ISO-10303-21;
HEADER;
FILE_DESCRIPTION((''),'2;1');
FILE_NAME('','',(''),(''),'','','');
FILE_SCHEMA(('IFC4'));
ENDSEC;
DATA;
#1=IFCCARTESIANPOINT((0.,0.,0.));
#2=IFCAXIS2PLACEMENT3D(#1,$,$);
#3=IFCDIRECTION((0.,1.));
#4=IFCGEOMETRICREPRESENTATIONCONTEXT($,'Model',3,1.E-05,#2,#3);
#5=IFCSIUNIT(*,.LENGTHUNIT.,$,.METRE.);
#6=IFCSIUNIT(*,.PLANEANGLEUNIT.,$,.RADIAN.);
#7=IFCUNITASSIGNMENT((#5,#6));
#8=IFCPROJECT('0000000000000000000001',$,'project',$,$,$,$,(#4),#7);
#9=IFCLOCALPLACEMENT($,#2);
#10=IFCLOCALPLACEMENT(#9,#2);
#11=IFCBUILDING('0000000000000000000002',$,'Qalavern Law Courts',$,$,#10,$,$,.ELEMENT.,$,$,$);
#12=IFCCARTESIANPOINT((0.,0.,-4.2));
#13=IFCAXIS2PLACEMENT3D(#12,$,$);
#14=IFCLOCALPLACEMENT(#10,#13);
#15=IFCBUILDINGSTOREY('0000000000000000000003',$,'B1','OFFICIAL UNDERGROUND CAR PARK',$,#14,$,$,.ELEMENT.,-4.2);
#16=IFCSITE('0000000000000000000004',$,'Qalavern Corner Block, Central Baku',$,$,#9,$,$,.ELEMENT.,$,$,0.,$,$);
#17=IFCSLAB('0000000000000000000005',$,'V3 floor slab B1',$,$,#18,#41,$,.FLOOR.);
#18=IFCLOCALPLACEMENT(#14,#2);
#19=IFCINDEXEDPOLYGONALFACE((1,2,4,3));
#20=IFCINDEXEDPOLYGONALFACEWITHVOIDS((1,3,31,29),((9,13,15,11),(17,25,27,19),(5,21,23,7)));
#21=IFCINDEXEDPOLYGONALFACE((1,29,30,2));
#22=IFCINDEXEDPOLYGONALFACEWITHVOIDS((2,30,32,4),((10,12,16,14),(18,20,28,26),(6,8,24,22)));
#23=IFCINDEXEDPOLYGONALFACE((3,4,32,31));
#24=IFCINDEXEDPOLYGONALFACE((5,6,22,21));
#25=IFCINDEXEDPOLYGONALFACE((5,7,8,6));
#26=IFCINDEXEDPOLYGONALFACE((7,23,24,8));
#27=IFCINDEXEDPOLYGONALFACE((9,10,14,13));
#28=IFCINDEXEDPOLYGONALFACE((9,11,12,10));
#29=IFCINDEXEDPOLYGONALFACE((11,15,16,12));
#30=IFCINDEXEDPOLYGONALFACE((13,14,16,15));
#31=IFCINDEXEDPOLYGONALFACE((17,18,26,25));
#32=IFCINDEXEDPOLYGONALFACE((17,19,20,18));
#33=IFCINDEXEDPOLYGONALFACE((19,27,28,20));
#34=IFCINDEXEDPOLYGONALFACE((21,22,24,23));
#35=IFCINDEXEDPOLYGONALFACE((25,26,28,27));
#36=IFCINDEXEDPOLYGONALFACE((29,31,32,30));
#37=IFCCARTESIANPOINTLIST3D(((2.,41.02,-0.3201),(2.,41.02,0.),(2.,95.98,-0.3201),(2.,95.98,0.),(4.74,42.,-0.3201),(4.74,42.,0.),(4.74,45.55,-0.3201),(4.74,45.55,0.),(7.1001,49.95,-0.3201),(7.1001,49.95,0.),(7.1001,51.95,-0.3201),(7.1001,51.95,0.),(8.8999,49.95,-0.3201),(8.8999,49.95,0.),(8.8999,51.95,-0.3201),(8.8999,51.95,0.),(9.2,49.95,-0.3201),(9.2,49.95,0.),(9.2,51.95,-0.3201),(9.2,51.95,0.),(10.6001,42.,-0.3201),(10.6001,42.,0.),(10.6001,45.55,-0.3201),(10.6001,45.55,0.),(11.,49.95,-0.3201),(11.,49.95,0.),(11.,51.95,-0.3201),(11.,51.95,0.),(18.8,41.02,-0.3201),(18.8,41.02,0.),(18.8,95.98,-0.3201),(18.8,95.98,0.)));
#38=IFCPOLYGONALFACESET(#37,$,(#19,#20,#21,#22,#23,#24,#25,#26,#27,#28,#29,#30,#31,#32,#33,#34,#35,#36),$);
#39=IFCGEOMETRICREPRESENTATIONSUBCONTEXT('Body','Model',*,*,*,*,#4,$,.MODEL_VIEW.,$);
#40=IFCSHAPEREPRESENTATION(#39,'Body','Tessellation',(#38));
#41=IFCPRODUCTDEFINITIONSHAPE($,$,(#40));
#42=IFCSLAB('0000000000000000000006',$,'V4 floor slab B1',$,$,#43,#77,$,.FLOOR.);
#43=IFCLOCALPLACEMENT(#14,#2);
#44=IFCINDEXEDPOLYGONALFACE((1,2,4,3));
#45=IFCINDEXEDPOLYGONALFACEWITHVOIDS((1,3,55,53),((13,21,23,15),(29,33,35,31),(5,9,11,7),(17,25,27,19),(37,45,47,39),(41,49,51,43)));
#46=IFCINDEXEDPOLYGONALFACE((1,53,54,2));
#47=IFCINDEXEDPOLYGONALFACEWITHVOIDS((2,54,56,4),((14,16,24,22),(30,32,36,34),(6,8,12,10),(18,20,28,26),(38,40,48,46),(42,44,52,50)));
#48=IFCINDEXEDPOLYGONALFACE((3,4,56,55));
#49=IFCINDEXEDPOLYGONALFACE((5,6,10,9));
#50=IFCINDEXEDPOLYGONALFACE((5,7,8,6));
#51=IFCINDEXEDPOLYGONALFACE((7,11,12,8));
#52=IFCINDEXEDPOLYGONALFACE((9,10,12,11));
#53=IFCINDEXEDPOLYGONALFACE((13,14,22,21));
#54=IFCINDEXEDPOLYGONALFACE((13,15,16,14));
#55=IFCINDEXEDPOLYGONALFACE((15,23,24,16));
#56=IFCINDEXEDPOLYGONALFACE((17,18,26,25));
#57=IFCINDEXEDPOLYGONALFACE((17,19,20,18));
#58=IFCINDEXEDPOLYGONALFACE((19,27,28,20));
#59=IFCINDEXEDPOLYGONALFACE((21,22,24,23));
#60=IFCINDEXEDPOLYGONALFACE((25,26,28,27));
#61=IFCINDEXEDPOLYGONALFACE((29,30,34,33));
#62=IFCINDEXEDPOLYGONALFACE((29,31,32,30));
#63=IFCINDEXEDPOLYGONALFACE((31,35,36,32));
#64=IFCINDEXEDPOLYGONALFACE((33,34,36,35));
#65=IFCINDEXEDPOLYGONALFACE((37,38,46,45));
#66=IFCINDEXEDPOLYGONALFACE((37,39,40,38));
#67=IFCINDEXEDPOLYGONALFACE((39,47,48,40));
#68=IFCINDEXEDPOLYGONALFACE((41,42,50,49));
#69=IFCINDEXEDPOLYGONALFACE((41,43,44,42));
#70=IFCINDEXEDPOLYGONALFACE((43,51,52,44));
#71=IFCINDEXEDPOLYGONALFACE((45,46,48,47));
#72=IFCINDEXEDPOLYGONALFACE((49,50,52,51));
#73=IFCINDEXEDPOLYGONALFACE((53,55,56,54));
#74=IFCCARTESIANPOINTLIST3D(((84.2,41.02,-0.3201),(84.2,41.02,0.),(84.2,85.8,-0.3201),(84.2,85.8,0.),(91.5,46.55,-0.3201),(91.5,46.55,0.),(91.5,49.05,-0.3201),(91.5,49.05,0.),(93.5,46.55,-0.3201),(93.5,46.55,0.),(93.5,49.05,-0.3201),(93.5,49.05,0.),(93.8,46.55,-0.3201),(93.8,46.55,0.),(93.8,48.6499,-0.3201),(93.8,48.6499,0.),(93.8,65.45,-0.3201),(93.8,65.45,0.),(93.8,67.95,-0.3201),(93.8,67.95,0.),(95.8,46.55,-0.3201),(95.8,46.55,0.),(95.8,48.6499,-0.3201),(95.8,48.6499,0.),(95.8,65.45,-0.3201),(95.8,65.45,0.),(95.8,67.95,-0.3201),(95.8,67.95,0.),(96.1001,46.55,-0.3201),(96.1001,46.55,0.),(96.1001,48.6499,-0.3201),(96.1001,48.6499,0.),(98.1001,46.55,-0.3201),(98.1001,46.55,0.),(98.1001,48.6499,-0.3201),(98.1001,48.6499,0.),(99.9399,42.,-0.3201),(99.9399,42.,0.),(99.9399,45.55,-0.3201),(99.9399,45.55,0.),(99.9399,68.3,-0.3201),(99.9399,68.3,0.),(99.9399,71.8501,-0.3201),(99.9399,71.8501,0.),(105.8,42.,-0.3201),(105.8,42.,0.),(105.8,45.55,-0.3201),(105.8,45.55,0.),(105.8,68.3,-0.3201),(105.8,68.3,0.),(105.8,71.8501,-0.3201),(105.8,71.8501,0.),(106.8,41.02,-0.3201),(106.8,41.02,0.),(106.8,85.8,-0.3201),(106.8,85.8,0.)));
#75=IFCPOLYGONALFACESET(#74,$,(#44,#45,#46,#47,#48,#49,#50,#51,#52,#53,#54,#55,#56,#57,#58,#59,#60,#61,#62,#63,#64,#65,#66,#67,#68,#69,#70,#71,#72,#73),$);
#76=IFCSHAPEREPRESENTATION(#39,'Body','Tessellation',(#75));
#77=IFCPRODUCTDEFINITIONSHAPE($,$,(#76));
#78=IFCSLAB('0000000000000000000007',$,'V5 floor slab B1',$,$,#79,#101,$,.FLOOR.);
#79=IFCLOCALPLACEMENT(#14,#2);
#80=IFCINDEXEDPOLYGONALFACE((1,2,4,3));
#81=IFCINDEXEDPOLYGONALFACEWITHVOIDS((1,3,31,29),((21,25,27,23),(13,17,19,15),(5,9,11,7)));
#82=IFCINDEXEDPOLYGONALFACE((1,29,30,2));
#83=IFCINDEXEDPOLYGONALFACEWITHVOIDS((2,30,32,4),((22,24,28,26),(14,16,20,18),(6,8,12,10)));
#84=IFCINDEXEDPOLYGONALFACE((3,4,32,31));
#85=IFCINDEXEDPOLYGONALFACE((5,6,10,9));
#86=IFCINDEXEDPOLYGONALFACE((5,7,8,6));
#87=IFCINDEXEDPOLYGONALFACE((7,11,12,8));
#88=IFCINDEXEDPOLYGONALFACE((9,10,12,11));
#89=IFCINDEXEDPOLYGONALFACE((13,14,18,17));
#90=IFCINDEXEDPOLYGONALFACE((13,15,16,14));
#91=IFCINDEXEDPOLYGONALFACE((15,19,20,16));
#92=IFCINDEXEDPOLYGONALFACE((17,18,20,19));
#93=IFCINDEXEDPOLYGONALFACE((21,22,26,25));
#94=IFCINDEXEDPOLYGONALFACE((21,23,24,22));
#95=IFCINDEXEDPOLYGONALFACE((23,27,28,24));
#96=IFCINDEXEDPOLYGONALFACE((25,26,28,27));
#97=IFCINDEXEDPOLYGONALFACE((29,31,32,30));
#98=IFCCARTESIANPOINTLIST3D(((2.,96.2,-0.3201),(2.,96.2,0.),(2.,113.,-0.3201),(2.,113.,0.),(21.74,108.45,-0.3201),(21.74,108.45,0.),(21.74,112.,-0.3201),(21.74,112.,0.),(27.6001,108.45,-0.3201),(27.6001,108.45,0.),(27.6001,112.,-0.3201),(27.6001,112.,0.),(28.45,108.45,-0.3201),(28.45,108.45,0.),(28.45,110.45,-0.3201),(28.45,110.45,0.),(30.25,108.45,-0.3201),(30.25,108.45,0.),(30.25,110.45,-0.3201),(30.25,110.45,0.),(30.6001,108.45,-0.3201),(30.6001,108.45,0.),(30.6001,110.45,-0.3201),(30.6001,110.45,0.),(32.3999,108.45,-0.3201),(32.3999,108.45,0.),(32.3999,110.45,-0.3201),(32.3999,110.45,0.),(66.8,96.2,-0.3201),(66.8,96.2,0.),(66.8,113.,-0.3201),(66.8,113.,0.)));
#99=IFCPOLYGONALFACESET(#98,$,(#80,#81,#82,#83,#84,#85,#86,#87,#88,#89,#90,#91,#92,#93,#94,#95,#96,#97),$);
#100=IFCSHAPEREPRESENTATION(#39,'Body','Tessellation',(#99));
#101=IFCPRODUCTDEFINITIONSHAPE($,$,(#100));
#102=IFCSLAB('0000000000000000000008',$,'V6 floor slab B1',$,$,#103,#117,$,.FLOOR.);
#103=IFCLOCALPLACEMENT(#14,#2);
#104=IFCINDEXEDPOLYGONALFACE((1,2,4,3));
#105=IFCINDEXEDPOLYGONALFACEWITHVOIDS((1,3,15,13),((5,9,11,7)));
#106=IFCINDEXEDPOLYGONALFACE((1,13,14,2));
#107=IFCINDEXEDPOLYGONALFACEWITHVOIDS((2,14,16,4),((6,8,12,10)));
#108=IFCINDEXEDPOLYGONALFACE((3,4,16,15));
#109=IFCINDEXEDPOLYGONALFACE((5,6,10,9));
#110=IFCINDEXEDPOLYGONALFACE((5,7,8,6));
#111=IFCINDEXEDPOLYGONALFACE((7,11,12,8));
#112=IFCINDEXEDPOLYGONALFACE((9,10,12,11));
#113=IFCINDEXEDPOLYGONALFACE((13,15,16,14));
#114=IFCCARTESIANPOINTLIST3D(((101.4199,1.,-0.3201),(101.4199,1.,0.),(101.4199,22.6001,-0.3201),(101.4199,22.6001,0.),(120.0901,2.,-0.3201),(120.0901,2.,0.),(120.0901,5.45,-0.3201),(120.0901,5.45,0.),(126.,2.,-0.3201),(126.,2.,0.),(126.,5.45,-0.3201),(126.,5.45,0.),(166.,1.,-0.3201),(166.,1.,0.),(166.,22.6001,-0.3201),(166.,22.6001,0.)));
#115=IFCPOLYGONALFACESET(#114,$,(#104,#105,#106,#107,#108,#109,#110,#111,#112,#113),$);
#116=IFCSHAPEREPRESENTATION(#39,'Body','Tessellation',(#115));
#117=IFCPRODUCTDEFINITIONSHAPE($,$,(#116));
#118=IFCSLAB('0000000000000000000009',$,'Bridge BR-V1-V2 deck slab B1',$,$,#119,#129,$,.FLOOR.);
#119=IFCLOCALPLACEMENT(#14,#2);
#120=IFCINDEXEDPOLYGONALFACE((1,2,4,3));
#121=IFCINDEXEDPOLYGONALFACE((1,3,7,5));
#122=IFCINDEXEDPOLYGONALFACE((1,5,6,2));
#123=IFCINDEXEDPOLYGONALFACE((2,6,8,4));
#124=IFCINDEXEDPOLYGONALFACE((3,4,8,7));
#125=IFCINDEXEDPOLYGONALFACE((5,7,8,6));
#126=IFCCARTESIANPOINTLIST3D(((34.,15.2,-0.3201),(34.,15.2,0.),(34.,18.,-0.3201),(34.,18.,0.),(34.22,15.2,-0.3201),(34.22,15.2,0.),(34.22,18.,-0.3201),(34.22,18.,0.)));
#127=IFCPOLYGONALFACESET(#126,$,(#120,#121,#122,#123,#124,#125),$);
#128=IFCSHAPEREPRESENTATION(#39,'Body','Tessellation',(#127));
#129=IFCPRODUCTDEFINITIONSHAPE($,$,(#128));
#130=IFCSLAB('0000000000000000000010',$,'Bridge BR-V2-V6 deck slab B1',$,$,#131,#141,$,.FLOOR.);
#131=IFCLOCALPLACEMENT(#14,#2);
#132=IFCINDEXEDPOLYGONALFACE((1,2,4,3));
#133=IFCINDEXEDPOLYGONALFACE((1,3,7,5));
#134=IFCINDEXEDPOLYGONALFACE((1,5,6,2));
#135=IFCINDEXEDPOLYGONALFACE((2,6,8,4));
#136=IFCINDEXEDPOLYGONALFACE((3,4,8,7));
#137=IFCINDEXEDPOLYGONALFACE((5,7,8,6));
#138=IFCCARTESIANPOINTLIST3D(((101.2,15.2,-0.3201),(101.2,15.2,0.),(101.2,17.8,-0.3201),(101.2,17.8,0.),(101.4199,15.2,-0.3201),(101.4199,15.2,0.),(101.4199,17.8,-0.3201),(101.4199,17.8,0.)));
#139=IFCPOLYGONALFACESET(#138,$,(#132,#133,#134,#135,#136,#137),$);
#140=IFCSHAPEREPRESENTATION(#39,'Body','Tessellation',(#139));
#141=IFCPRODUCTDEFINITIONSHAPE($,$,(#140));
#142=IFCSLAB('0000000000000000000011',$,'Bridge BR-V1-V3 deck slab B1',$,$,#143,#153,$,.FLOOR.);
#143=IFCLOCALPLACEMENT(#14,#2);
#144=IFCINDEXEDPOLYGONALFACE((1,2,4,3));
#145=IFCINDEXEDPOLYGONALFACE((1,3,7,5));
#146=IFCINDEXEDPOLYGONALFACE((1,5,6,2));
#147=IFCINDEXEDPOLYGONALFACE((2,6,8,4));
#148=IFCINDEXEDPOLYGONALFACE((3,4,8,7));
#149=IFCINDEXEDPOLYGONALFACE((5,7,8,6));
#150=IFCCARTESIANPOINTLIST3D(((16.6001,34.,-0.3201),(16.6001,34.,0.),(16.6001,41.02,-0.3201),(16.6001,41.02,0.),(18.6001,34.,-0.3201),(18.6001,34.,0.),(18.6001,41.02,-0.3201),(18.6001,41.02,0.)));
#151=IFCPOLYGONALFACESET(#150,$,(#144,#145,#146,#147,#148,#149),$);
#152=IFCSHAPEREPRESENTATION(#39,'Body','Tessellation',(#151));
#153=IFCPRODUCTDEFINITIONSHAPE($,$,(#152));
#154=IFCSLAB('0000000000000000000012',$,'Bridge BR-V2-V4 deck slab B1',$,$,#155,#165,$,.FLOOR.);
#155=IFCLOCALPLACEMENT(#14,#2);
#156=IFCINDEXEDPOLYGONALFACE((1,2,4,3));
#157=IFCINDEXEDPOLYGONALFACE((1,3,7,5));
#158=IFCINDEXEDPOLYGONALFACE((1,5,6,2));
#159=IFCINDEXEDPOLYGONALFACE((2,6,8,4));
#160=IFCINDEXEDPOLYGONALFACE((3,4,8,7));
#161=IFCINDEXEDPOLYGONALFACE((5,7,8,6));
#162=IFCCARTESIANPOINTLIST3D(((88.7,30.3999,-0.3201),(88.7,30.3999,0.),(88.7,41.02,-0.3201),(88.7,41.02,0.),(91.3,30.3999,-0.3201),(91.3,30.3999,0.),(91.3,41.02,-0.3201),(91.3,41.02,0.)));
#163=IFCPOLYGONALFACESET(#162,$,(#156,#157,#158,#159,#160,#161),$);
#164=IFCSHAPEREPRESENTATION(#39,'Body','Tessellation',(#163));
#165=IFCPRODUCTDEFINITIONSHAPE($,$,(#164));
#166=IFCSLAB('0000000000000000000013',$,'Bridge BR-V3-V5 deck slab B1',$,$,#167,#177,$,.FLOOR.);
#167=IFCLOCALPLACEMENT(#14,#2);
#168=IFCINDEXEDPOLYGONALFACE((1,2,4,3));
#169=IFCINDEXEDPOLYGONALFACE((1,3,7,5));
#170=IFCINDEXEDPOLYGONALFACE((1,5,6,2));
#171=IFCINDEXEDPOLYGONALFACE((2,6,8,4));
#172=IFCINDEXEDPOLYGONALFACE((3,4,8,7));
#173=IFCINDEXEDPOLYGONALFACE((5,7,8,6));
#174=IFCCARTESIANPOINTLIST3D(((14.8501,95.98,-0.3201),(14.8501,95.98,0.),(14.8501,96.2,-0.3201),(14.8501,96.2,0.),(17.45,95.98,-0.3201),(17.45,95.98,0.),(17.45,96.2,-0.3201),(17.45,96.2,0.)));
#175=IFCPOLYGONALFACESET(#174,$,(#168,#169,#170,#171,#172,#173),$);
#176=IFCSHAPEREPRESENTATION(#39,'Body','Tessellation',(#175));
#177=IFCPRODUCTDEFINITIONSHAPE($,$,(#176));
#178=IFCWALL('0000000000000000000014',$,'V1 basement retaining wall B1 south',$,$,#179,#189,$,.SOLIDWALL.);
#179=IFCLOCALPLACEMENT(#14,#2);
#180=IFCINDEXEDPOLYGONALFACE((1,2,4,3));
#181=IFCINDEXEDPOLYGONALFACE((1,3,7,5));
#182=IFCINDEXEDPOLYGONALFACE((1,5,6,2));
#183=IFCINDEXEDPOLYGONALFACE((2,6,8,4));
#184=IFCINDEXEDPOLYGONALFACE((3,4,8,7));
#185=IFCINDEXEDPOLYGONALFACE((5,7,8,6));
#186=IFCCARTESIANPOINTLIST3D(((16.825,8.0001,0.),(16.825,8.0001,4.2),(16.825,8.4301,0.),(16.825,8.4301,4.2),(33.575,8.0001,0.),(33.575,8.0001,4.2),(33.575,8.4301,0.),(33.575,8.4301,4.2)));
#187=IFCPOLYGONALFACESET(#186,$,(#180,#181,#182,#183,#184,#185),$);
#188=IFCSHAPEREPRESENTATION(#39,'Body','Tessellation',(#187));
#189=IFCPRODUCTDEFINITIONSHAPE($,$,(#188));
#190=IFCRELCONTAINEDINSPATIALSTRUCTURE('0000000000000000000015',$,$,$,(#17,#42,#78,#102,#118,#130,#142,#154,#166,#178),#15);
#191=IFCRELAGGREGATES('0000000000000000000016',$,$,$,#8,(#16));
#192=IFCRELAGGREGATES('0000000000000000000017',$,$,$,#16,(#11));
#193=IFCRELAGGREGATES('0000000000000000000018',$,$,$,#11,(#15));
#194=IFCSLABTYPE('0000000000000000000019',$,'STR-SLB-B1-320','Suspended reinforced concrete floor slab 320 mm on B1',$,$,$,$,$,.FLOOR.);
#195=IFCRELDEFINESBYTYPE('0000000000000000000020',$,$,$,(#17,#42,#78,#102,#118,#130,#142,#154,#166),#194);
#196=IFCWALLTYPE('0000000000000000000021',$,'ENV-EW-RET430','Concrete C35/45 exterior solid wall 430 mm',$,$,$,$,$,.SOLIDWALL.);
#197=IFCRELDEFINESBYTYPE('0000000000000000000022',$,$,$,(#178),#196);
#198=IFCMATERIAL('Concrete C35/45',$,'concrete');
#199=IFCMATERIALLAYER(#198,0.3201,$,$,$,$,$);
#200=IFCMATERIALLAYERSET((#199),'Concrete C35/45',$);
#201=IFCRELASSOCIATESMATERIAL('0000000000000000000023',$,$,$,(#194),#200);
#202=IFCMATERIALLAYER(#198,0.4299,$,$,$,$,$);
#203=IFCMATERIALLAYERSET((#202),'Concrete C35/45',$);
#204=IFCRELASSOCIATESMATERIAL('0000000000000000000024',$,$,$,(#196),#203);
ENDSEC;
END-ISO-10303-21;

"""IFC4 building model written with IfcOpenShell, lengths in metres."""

from ifc_helpers import new_model, si_unit, direction, frame, frame_2d, origin, place, context, subcontext, project, spatial, polyline, rectangle, outline, extrude, material, layer, layer_set, type_object, element, save


model = new_model("IFC4")

# Units and contexts
model_context = context("Model", 3, precision=1e-05, world=origin(), true_north=direction((0.0, 1.0)))
body_context = subcontext(model_context, "Body", "Model", "MODEL_VIEW")
ifc_project = project(units=[si_unit("LENGTHUNIT", "METRE"), si_unit("PLANEANGLEUNIT", "RADIAN")], contexts=[model_context])

# Site, building, storey
site_placement = place(None, origin())
site = spatial("IfcSite", under=ifc_project, at=site_placement, Name="Qalavern Corner Block, Central Baku", CompositionType="ELEMENT", RefElevation=0.0)
building_placement = place(site_placement, origin())
building = spatial("IfcBuilding", under=site, at=building_placement, Name="Qalavern Law Courts", CompositionType="ELEMENT")
storey_placement = place(building_placement, frame((0.0, 0.0, -4.2)))
storey = spatial("IfcBuildingStorey", under=building, at=storey_placement, Name="B1", Description="OFFICIAL UNDERGROUND CAR PARK", CompositionType="ELEMENT", Elevation=-4.2)

# Shared definitions
ifc_material_1 = material(Name="Concrete C35/45", Category="concrete")

# Slabs
ifc_layer_1 = layer(ifc_material_1, 0.3201)
ifc_layer_set_1 = layer_set([ifc_layer_1], Name="Concrete C35/45")
slab_type_1 = type_object("IfcSlabType", Name="STR-SLB-B1-320", Description="Suspended reinforced concrete floor slab 320 mm on B1", PredefinedType="FLOOR", material=ifc_layer_set_1)
slab_1_placement = place(storey_placement, frame((0.0, 0.0, -0.3201)))
element("IfcSlab", 1, at=slab_1_placement, inside=storey, type_object=slab_type_1, Name="V3 floor slab B1", PredefinedType="FLOOR", context=body_context, shape_type="SweptSolid", body=[
    extrude(outline(polyline([(2.0, 41.02), (18.8, 41.02), (18.8, 95.98), (2.0, 95.98), (2.0, 41.02)]), holes=[polyline([(4.74, 42.0), (10.6001, 42.0), (10.6001, 45.55), (4.74, 45.55), (4.74, 42.0)]), polyline([(7.1001, 49.95), (8.8999, 49.95), (8.8999, 51.95), (7.1001, 51.95), (7.1001, 49.95)]), polyline([(9.2, 49.95), (11.0, 49.95), (11.0, 51.95), (9.2, 51.95), (9.2, 49.95)])]), origin(), (0.0, 0.0, 1.0), 0.3201),
])
slab_2_placement = place(storey_placement, frame((0.0, 0.0, -0.3201)))
element("IfcSlab", 2, at=slab_2_placement, inside=storey, type_object=slab_type_1, Name="V4 floor slab B1", PredefinedType="FLOOR", context=body_context, shape_type="SweptSolid", body=[
    extrude(outline(polyline([(84.2, 41.02), (106.8, 41.02), (106.8, 85.8), (84.2, 85.8), (84.2, 41.02)]), holes=[polyline([(99.9399, 42.0), (105.8, 42.0), (105.8, 45.55), (99.9399, 45.55), (99.9399, 42.0)]), polyline([(91.5, 46.55), (93.5, 46.55), (93.5, 49.05), (91.5, 49.05), (91.5, 46.55)]), polyline([(93.8, 46.55), (95.8, 46.55), (95.8, 48.6499), (93.8, 48.6499), (93.8, 46.55)]), polyline([(96.1001, 46.55), (98.1001, 46.55), (98.1001, 48.6499), (96.1001, 48.6499), (96.1001, 46.55)]), polyline([(99.9399, 68.3), (105.8, 68.3), (105.8, 71.8501), (99.9399, 71.8501), (99.9399, 68.3)]), polyline([(93.8, 65.45), (95.8, 65.45), (95.8, 67.95), (93.8, 67.95), (93.8, 65.45)])]), origin(), (0.0, 0.0, 1.0), 0.3201),
])
slab_3_placement = place(storey_placement, frame((0.0, 0.0, -0.3201)))
element("IfcSlab", 3, at=slab_3_placement, inside=storey, type_object=slab_type_1, Name="V5 floor slab B1", PredefinedType="FLOOR", context=body_context, shape_type="SweptSolid", body=[
    extrude(outline(polyline([(2.0, 96.2), (66.8, 96.2), (66.8, 113.0), (2.0, 113.0), (2.0, 96.2)]), holes=[polyline([(21.74, 108.45), (27.6001, 108.45), (27.6001, 112.0), (21.74, 112.0), (21.74, 108.45)]), polyline([(28.45, 108.45), (30.25, 108.45), (30.25, 110.45), (28.45, 110.45), (28.45, 108.45)]), polyline([(30.6001, 108.45), (32.3999, 108.45), (32.3999, 110.45), (30.6001, 110.45), (30.6001, 108.45)])]), origin(), (0.0, 0.0, 1.0), 0.3201),
])
slab_4_placement = place(storey_placement, frame((0.0, 0.0, -0.3201)))
element("IfcSlab", 4, at=slab_4_placement, inside=storey, type_object=slab_type_1, Name="V6 floor slab B1", PredefinedType="FLOOR", context=body_context, shape_type="SweptSolid", body=[
    extrude(outline(polyline([(101.4199, 1.0), (166.0, 1.0), (166.0, 22.6001), (101.4199, 22.6001), (101.4199, 1.0)]), holes=[polyline([(120.0901, 2.0), (126.0, 2.0), (126.0, 5.45), (120.0901, 5.45), (120.0901, 2.0)])]), origin(), (0.0, 0.0, 1.0), 0.3201),
])
slab_5_placement = place(storey_placement, frame((0.0, 0.0, -0.3201)))
element("IfcSlab", 5, at=slab_5_placement, inside=storey, type_object=slab_type_1, Name="Bridge BR-V1-V2 deck slab B1", PredefinedType="FLOOR", context=body_context, shape_type="SweptSolid", body=[
    extrude(outline(polyline([(34.0, 15.2), (34.22, 15.2), (34.22, 18.0), (34.0, 18.0), (34.0, 15.2)])), origin(), (0.0, 0.0, 1.0), 0.3201),
])
slab_6_placement = place(storey_placement, frame((0.0, 0.0, -0.3201)))
element("IfcSlab", 6, at=slab_6_placement, inside=storey, type_object=slab_type_1, Name="Bridge BR-V2-V6 deck slab B1", PredefinedType="FLOOR", context=body_context, shape_type="SweptSolid", body=[
    extrude(outline(polyline([(101.2, 15.2), (101.4199, 15.2), (101.4199, 17.8), (101.2, 17.8), (101.2, 15.2)])), origin(), (0.0, 0.0, 1.0), 0.3201),
])
slab_7_placement = place(storey_placement, frame((0.0, 0.0, -0.3201)))
element("IfcSlab", 7, at=slab_7_placement, inside=storey, type_object=slab_type_1, Name="Bridge BR-V1-V3 deck slab B1", PredefinedType="FLOOR", context=body_context, shape_type="SweptSolid", body=[
    extrude(outline(polyline([(16.6001, 34.0), (18.6001, 34.0), (18.6001, 41.02), (16.6001, 41.02), (16.6001, 34.0)])), origin(), (0.0, 0.0, 1.0), 0.3201),
])
slab_8_placement = place(storey_placement, frame((0.0, 0.0, -0.3201)))
element("IfcSlab", 8, at=slab_8_placement, inside=storey, type_object=slab_type_1, Name="Bridge BR-V2-V4 deck slab B1", PredefinedType="FLOOR", context=body_context, shape_type="SweptSolid", body=[
    extrude(outline(polyline([(88.7, 30.3999), (91.3, 30.3999), (91.3, 41.02), (88.7, 41.02), (88.7, 30.3999)])), origin(), (0.0, 0.0, 1.0), 0.3201),
])
slab_9_placement = place(storey_placement, frame((0.0, 0.0, -0.3201)))
element("IfcSlab", 9, at=slab_9_placement, inside=storey, type_object=slab_type_1, Name="Bridge BR-V3-V5 deck slab B1", PredefinedType="FLOOR", context=body_context, shape_type="SweptSolid", body=[
    extrude(outline(polyline([(14.8501, 95.98), (17.45, 95.98), (17.45, 96.2), (14.8501, 96.2), (14.8501, 95.98)])), origin(), (0.0, 0.0, 1.0), 0.3201),
])

# Wall
ifc_layer_2 = layer(ifc_material_1, 0.4299)
ifc_layer_set_2 = layer_set([ifc_layer_2], Name="Concrete C35/45")
wall_type_1 = type_object("IfcWallType", Name="ENV-EW-RET430", Description="Concrete C35/45 exterior solid wall 430 mm", PredefinedType="SOLIDWALL", material=ifc_layer_set_2)
wall_1_placement = place(storey_placement, frame((16.825, 8.2151, 0.0), z_axis=(0.0, 0.0, 1.0), x_axis=(1.0, 0.0, 0.0)))
element("IfcWall", 10, at=wall_1_placement, inside=storey, type_object=wall_type_1, Name="V1 basement retaining wall B1 south", PredefinedType="SOLIDWALL", context=body_context, shape_type="SweptSolid", body=[
    extrude(rectangle(XDim=16.75, YDim=0.4299, at=frame_2d((8.375, 0.0))), origin(), (0.0, 0.0, 1.0), 4.2),
])

save(model, "model.ifc")
